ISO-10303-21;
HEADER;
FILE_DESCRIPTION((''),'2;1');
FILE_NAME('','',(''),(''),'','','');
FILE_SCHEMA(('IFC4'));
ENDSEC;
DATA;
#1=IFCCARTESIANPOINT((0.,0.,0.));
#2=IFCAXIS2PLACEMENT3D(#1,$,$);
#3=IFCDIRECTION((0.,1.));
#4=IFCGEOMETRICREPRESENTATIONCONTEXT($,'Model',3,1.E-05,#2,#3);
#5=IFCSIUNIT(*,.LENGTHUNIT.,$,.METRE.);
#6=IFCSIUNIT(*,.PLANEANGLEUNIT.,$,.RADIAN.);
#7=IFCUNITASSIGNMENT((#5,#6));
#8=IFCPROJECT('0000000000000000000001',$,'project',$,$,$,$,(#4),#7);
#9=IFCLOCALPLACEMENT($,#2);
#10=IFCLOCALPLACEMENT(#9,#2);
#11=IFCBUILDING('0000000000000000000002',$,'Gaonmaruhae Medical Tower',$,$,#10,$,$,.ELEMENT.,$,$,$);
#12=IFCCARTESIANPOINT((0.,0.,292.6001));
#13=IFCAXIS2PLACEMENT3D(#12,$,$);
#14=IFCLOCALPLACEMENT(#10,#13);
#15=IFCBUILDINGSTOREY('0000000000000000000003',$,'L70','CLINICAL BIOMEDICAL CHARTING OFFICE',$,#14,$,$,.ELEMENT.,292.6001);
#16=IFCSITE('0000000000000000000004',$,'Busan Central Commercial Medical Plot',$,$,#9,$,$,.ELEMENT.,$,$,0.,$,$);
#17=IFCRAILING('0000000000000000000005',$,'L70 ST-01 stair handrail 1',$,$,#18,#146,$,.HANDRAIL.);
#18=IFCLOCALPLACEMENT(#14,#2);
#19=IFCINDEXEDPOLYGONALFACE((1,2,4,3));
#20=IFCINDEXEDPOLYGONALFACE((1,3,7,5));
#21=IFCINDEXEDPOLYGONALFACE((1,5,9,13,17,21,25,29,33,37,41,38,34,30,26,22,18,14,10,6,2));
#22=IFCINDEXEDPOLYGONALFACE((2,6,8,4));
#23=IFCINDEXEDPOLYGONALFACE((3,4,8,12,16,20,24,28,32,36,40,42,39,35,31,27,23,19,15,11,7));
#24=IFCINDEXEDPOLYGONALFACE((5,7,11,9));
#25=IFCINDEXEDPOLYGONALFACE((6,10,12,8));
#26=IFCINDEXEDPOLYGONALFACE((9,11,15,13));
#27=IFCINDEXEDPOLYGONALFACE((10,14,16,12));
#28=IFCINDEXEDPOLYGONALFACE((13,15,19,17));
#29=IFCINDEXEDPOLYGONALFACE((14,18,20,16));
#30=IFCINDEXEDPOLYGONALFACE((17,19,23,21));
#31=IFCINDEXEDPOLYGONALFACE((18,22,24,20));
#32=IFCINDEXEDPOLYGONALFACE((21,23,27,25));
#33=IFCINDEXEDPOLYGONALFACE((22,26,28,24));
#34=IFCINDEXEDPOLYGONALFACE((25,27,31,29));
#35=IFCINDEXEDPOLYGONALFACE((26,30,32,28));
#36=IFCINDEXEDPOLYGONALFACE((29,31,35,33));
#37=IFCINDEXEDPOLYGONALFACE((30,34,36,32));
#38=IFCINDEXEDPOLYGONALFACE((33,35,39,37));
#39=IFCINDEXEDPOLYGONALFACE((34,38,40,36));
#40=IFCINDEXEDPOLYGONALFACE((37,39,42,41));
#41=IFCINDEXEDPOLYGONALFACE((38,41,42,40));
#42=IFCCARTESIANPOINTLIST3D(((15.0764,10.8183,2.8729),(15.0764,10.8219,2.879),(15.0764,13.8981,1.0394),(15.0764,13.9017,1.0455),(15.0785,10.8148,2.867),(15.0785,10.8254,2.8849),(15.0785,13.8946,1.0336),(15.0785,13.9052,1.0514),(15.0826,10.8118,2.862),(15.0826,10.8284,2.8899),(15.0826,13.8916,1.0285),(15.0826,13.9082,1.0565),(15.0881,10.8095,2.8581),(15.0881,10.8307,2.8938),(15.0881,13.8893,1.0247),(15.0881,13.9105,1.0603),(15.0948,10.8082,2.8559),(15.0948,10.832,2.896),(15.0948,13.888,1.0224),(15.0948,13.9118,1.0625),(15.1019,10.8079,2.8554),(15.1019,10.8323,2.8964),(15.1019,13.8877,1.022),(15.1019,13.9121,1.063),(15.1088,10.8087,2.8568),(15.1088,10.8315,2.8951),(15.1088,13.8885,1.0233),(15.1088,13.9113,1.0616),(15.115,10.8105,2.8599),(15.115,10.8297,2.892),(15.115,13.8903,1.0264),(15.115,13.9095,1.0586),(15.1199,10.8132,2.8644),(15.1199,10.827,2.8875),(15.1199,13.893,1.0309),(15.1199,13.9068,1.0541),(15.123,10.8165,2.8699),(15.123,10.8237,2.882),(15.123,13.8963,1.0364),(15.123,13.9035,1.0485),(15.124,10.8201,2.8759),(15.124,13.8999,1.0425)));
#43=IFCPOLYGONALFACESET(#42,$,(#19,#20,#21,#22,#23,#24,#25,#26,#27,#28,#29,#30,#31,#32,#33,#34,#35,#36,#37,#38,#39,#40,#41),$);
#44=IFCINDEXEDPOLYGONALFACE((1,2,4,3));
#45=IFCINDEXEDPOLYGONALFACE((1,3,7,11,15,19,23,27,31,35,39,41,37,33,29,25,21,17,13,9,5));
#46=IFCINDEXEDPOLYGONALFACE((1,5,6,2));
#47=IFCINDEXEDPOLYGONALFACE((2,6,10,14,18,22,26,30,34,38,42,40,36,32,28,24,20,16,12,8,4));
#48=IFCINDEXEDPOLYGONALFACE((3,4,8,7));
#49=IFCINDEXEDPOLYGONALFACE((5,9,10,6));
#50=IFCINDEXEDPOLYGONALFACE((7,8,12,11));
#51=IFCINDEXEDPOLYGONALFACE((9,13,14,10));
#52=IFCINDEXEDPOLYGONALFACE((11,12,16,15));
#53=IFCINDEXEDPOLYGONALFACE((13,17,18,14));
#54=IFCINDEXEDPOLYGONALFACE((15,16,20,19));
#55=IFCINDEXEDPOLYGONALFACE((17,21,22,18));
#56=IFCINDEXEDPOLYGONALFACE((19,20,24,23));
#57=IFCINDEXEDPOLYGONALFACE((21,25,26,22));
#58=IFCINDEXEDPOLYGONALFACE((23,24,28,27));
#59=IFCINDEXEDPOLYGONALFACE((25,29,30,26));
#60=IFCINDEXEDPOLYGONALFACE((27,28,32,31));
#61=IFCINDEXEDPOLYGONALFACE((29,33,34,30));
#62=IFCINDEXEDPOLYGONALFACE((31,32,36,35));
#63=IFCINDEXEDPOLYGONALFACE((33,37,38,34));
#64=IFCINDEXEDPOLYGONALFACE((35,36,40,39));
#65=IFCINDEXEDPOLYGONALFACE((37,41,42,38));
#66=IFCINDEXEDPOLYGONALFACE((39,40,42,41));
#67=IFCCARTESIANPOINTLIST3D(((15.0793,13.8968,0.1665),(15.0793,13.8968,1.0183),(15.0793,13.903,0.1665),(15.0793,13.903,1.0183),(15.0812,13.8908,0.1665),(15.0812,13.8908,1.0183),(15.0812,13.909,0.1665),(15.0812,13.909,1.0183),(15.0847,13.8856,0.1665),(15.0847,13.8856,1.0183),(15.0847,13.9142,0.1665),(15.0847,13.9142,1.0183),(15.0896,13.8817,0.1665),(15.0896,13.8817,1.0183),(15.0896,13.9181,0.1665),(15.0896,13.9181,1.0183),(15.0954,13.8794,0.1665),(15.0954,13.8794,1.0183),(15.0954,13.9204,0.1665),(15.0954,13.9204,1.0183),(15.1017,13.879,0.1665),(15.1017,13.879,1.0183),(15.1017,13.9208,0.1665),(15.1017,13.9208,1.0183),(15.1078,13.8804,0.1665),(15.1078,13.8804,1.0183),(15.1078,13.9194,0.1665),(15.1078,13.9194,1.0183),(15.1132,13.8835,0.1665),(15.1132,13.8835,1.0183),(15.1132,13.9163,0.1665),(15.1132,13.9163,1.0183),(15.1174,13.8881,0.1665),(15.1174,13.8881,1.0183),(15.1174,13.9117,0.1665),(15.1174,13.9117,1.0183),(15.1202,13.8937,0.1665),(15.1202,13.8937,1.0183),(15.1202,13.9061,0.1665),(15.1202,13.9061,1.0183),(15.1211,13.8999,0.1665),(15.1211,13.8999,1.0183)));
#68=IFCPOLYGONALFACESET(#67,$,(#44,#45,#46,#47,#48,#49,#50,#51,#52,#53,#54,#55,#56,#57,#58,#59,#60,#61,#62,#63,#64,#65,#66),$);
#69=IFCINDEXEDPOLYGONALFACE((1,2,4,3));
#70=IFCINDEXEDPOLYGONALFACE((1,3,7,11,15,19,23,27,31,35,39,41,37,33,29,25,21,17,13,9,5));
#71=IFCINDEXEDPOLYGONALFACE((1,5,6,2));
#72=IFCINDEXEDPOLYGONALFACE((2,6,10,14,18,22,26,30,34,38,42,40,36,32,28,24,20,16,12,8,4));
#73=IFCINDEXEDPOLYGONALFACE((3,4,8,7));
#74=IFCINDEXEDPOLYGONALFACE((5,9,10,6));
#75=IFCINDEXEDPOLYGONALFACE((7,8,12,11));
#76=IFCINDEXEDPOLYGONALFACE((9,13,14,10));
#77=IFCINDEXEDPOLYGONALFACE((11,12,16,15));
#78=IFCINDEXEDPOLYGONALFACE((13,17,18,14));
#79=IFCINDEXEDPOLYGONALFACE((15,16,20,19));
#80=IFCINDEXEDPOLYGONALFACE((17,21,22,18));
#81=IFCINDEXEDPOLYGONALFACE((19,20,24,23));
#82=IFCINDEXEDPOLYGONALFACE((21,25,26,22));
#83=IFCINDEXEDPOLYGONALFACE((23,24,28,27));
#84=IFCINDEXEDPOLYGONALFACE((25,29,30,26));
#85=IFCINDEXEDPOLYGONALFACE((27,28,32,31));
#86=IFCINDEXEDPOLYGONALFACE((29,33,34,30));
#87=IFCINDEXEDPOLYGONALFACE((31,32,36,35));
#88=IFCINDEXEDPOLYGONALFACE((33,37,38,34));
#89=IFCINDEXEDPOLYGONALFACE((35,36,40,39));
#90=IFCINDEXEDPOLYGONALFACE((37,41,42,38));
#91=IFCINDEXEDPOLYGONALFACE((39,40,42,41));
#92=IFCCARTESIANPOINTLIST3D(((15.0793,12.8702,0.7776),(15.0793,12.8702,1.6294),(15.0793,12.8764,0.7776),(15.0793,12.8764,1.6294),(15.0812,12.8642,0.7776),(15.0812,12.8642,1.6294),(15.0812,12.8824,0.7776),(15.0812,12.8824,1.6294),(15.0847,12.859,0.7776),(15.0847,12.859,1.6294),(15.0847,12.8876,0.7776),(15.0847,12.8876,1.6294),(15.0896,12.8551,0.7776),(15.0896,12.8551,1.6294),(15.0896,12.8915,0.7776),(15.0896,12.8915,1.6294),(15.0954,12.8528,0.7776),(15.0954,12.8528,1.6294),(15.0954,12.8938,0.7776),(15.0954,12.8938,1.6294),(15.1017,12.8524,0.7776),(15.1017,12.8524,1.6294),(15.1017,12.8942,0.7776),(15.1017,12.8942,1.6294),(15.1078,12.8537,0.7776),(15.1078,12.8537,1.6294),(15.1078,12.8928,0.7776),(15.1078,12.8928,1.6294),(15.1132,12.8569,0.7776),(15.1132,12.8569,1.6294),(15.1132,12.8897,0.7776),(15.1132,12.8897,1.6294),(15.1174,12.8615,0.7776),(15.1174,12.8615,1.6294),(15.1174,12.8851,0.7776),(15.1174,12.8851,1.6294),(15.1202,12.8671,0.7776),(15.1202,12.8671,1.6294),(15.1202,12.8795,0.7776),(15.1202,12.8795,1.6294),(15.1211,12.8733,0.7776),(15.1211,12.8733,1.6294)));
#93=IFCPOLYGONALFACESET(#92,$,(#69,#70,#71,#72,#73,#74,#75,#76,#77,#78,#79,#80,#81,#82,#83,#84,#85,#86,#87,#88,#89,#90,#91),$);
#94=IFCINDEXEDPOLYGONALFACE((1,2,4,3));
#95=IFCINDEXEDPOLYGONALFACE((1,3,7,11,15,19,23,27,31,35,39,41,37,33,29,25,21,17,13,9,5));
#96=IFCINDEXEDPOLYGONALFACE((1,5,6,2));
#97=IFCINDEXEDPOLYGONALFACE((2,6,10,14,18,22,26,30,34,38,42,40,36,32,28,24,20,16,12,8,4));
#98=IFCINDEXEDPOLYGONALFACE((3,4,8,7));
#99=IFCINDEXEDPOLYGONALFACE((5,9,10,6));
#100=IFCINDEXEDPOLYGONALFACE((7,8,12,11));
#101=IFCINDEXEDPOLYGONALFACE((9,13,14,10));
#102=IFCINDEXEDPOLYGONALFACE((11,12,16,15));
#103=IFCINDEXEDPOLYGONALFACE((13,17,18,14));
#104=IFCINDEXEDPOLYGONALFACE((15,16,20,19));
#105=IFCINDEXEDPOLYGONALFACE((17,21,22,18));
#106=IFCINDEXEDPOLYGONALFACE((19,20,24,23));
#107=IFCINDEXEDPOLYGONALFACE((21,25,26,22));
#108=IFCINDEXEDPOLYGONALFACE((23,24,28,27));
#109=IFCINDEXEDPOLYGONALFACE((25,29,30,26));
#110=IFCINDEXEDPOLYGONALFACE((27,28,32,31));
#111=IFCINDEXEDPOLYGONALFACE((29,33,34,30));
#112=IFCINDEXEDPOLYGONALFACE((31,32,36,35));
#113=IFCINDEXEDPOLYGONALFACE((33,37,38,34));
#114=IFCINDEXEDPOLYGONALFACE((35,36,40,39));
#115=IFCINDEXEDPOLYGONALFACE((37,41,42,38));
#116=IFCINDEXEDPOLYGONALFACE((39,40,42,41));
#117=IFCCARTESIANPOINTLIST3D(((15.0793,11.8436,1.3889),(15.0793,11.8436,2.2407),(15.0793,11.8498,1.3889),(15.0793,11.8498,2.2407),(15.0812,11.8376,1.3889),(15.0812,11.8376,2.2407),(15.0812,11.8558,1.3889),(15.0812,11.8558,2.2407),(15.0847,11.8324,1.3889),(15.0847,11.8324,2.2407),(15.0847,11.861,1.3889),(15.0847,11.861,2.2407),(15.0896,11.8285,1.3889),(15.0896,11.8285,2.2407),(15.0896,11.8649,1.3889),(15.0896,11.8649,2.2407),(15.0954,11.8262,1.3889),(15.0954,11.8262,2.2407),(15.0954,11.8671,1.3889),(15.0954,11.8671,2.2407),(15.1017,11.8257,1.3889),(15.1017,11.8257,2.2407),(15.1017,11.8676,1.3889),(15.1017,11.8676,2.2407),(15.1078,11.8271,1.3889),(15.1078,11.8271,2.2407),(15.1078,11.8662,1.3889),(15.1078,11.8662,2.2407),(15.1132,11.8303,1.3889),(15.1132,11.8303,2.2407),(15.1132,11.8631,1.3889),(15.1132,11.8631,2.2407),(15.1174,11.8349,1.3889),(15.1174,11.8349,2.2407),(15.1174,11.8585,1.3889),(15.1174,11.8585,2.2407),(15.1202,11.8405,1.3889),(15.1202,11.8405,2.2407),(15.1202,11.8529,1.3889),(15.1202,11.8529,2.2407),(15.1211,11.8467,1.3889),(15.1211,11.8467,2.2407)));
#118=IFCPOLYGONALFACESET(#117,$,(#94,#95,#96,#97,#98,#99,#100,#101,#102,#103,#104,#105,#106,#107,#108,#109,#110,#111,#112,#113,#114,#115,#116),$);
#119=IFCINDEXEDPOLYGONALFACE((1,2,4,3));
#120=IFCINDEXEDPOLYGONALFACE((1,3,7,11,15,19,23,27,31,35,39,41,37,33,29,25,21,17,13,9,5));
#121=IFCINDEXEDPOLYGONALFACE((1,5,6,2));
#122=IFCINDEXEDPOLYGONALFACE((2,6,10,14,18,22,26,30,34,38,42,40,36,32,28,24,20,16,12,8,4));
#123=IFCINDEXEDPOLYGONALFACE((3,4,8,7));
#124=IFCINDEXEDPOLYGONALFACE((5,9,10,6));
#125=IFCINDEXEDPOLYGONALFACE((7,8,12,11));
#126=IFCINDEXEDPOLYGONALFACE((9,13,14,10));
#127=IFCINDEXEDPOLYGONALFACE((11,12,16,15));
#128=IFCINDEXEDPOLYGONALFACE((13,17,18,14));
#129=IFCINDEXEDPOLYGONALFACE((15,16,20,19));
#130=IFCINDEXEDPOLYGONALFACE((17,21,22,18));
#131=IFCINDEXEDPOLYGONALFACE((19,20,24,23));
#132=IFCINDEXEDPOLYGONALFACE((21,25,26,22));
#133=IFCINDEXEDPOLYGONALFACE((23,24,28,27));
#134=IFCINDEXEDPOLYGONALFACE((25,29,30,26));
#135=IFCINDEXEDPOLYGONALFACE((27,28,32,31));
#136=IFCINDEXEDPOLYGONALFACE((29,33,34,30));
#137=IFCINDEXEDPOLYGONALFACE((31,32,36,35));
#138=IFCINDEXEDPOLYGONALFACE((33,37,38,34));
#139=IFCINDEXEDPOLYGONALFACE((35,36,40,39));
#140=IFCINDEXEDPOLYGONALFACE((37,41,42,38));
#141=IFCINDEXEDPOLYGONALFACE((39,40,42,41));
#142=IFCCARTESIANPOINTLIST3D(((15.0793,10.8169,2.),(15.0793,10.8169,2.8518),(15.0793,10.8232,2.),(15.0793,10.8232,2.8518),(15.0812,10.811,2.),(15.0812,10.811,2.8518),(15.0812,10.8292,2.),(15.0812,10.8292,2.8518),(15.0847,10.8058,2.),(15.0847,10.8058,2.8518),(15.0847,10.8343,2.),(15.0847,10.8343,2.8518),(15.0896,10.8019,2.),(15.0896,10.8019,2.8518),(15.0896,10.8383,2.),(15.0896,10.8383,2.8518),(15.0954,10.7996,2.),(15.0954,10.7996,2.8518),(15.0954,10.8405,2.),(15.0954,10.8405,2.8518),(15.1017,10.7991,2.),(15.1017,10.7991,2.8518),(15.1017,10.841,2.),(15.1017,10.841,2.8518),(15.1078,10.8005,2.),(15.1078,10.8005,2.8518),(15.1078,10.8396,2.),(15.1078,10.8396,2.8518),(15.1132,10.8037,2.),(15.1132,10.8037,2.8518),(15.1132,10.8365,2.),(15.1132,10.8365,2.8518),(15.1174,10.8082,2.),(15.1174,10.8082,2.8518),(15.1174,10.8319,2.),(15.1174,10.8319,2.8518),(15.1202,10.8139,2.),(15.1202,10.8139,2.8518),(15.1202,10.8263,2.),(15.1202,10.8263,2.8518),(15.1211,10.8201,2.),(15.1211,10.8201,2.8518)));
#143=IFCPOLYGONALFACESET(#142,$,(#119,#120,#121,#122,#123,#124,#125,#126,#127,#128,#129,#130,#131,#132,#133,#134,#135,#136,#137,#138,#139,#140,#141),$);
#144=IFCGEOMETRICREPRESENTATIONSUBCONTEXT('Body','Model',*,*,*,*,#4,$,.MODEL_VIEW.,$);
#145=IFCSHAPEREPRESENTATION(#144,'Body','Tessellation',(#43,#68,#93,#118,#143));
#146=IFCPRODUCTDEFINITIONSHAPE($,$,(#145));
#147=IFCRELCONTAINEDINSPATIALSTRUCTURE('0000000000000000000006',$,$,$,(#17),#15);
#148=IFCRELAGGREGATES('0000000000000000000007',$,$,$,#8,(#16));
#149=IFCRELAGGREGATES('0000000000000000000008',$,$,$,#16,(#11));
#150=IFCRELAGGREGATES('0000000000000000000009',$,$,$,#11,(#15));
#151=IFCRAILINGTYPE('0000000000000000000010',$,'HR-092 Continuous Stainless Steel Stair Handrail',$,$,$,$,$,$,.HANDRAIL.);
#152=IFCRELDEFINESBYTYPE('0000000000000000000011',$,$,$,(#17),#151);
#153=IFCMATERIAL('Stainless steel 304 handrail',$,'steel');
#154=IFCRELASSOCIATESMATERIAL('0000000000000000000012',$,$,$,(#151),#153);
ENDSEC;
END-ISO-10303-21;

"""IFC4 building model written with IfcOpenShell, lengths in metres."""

from ifc_helpers import new_model, si_unit, direction, frame, origin, origin_2d, place, context, subcontext, project, spatial, circle, extrude, material, type_object, element, save


model = new_model("IFC4")

# Units and contexts
model_context = context("Model", 3, precision=1e-05, world=origin(), true_north=direction((0.0, 1.0)))
body_context = subcontext(model_context, "Body", "Model", "MODEL_VIEW")
ifc_project = project(units=[si_unit("LENGTHUNIT", "METRE"), si_unit("PLANEANGLEUNIT", "RADIAN")], contexts=[model_context])

# Site, building, storey
site_placement = place(None, origin())
site = spatial("IfcSite", under=ifc_project, at=site_placement, Name="Busan Central Commercial Medical Plot", CompositionType="ELEMENT", RefElevation=0.0)
building_placement = place(site_placement, origin())
building = spatial("IfcBuilding", under=site, at=building_placement, Name="Gaonmaruhae Medical Tower", CompositionType="ELEMENT")
storey_placement = place(building_placement, frame((0.0, 0.0, 292.6001)))
storey = spatial("IfcBuildingStorey", under=building, at=storey_placement, Name="L70", Description="CLINICAL BIOMEDICAL CHARTING OFFICE", CompositionType="ELEMENT", Elevation=292.6001)

# Railing
ifc_material_1 = material(Name="Stainless steel 304 handrail", Category="steel")
railing_type_1 = type_object("IfcRailingType", Name="HR-092 Continuous Stainless Steel Stair Handrail", PredefinedType="HANDRAIL", material=ifc_material_1)
railing_1_placement = place(storey_placement, frame((15.1001, 13.8999, 0.1665)))
element("IfcRailing", 1, at=railing_1_placement, inside=storey, type_object=railing_type_1, Name="L70 ST-01 stair handrail 1", PredefinedType="HANDRAIL", context=body_context, shape_type="SweptSolid", body=[
    extrude(circle(Radius=0.0239, at=origin_2d()), frame((0.0, 0.0, 0.876), z_axis=(0.0, -0.859261, 0.511538), x_axis=(1.0, 0.0, 0.0)), (0.0, 0.0, 1.0), 3.5842),
    extrude(circle(Radius=0.021, at=origin_2d()), origin(), (0.0, 0.0, 1.0), 0.8518),
    extrude(circle(Radius=0.021, at=origin_2d()), frame((0.0, -1.0266, 0.6111)), (0.0, 0.0, 1.0), 0.8518),
    extrude(circle(Radius=0.021, at=origin_2d()), frame((0.0, -2.0532, 1.2224)), (0.0, 0.0, 1.0), 0.8518),
    extrude(circle(Radius=0.021, at=origin_2d()), frame((0.0, -3.0798, 1.8335)), (0.0, 0.0, 1.0), 0.8518),
])

save(model, "model.ifc")
